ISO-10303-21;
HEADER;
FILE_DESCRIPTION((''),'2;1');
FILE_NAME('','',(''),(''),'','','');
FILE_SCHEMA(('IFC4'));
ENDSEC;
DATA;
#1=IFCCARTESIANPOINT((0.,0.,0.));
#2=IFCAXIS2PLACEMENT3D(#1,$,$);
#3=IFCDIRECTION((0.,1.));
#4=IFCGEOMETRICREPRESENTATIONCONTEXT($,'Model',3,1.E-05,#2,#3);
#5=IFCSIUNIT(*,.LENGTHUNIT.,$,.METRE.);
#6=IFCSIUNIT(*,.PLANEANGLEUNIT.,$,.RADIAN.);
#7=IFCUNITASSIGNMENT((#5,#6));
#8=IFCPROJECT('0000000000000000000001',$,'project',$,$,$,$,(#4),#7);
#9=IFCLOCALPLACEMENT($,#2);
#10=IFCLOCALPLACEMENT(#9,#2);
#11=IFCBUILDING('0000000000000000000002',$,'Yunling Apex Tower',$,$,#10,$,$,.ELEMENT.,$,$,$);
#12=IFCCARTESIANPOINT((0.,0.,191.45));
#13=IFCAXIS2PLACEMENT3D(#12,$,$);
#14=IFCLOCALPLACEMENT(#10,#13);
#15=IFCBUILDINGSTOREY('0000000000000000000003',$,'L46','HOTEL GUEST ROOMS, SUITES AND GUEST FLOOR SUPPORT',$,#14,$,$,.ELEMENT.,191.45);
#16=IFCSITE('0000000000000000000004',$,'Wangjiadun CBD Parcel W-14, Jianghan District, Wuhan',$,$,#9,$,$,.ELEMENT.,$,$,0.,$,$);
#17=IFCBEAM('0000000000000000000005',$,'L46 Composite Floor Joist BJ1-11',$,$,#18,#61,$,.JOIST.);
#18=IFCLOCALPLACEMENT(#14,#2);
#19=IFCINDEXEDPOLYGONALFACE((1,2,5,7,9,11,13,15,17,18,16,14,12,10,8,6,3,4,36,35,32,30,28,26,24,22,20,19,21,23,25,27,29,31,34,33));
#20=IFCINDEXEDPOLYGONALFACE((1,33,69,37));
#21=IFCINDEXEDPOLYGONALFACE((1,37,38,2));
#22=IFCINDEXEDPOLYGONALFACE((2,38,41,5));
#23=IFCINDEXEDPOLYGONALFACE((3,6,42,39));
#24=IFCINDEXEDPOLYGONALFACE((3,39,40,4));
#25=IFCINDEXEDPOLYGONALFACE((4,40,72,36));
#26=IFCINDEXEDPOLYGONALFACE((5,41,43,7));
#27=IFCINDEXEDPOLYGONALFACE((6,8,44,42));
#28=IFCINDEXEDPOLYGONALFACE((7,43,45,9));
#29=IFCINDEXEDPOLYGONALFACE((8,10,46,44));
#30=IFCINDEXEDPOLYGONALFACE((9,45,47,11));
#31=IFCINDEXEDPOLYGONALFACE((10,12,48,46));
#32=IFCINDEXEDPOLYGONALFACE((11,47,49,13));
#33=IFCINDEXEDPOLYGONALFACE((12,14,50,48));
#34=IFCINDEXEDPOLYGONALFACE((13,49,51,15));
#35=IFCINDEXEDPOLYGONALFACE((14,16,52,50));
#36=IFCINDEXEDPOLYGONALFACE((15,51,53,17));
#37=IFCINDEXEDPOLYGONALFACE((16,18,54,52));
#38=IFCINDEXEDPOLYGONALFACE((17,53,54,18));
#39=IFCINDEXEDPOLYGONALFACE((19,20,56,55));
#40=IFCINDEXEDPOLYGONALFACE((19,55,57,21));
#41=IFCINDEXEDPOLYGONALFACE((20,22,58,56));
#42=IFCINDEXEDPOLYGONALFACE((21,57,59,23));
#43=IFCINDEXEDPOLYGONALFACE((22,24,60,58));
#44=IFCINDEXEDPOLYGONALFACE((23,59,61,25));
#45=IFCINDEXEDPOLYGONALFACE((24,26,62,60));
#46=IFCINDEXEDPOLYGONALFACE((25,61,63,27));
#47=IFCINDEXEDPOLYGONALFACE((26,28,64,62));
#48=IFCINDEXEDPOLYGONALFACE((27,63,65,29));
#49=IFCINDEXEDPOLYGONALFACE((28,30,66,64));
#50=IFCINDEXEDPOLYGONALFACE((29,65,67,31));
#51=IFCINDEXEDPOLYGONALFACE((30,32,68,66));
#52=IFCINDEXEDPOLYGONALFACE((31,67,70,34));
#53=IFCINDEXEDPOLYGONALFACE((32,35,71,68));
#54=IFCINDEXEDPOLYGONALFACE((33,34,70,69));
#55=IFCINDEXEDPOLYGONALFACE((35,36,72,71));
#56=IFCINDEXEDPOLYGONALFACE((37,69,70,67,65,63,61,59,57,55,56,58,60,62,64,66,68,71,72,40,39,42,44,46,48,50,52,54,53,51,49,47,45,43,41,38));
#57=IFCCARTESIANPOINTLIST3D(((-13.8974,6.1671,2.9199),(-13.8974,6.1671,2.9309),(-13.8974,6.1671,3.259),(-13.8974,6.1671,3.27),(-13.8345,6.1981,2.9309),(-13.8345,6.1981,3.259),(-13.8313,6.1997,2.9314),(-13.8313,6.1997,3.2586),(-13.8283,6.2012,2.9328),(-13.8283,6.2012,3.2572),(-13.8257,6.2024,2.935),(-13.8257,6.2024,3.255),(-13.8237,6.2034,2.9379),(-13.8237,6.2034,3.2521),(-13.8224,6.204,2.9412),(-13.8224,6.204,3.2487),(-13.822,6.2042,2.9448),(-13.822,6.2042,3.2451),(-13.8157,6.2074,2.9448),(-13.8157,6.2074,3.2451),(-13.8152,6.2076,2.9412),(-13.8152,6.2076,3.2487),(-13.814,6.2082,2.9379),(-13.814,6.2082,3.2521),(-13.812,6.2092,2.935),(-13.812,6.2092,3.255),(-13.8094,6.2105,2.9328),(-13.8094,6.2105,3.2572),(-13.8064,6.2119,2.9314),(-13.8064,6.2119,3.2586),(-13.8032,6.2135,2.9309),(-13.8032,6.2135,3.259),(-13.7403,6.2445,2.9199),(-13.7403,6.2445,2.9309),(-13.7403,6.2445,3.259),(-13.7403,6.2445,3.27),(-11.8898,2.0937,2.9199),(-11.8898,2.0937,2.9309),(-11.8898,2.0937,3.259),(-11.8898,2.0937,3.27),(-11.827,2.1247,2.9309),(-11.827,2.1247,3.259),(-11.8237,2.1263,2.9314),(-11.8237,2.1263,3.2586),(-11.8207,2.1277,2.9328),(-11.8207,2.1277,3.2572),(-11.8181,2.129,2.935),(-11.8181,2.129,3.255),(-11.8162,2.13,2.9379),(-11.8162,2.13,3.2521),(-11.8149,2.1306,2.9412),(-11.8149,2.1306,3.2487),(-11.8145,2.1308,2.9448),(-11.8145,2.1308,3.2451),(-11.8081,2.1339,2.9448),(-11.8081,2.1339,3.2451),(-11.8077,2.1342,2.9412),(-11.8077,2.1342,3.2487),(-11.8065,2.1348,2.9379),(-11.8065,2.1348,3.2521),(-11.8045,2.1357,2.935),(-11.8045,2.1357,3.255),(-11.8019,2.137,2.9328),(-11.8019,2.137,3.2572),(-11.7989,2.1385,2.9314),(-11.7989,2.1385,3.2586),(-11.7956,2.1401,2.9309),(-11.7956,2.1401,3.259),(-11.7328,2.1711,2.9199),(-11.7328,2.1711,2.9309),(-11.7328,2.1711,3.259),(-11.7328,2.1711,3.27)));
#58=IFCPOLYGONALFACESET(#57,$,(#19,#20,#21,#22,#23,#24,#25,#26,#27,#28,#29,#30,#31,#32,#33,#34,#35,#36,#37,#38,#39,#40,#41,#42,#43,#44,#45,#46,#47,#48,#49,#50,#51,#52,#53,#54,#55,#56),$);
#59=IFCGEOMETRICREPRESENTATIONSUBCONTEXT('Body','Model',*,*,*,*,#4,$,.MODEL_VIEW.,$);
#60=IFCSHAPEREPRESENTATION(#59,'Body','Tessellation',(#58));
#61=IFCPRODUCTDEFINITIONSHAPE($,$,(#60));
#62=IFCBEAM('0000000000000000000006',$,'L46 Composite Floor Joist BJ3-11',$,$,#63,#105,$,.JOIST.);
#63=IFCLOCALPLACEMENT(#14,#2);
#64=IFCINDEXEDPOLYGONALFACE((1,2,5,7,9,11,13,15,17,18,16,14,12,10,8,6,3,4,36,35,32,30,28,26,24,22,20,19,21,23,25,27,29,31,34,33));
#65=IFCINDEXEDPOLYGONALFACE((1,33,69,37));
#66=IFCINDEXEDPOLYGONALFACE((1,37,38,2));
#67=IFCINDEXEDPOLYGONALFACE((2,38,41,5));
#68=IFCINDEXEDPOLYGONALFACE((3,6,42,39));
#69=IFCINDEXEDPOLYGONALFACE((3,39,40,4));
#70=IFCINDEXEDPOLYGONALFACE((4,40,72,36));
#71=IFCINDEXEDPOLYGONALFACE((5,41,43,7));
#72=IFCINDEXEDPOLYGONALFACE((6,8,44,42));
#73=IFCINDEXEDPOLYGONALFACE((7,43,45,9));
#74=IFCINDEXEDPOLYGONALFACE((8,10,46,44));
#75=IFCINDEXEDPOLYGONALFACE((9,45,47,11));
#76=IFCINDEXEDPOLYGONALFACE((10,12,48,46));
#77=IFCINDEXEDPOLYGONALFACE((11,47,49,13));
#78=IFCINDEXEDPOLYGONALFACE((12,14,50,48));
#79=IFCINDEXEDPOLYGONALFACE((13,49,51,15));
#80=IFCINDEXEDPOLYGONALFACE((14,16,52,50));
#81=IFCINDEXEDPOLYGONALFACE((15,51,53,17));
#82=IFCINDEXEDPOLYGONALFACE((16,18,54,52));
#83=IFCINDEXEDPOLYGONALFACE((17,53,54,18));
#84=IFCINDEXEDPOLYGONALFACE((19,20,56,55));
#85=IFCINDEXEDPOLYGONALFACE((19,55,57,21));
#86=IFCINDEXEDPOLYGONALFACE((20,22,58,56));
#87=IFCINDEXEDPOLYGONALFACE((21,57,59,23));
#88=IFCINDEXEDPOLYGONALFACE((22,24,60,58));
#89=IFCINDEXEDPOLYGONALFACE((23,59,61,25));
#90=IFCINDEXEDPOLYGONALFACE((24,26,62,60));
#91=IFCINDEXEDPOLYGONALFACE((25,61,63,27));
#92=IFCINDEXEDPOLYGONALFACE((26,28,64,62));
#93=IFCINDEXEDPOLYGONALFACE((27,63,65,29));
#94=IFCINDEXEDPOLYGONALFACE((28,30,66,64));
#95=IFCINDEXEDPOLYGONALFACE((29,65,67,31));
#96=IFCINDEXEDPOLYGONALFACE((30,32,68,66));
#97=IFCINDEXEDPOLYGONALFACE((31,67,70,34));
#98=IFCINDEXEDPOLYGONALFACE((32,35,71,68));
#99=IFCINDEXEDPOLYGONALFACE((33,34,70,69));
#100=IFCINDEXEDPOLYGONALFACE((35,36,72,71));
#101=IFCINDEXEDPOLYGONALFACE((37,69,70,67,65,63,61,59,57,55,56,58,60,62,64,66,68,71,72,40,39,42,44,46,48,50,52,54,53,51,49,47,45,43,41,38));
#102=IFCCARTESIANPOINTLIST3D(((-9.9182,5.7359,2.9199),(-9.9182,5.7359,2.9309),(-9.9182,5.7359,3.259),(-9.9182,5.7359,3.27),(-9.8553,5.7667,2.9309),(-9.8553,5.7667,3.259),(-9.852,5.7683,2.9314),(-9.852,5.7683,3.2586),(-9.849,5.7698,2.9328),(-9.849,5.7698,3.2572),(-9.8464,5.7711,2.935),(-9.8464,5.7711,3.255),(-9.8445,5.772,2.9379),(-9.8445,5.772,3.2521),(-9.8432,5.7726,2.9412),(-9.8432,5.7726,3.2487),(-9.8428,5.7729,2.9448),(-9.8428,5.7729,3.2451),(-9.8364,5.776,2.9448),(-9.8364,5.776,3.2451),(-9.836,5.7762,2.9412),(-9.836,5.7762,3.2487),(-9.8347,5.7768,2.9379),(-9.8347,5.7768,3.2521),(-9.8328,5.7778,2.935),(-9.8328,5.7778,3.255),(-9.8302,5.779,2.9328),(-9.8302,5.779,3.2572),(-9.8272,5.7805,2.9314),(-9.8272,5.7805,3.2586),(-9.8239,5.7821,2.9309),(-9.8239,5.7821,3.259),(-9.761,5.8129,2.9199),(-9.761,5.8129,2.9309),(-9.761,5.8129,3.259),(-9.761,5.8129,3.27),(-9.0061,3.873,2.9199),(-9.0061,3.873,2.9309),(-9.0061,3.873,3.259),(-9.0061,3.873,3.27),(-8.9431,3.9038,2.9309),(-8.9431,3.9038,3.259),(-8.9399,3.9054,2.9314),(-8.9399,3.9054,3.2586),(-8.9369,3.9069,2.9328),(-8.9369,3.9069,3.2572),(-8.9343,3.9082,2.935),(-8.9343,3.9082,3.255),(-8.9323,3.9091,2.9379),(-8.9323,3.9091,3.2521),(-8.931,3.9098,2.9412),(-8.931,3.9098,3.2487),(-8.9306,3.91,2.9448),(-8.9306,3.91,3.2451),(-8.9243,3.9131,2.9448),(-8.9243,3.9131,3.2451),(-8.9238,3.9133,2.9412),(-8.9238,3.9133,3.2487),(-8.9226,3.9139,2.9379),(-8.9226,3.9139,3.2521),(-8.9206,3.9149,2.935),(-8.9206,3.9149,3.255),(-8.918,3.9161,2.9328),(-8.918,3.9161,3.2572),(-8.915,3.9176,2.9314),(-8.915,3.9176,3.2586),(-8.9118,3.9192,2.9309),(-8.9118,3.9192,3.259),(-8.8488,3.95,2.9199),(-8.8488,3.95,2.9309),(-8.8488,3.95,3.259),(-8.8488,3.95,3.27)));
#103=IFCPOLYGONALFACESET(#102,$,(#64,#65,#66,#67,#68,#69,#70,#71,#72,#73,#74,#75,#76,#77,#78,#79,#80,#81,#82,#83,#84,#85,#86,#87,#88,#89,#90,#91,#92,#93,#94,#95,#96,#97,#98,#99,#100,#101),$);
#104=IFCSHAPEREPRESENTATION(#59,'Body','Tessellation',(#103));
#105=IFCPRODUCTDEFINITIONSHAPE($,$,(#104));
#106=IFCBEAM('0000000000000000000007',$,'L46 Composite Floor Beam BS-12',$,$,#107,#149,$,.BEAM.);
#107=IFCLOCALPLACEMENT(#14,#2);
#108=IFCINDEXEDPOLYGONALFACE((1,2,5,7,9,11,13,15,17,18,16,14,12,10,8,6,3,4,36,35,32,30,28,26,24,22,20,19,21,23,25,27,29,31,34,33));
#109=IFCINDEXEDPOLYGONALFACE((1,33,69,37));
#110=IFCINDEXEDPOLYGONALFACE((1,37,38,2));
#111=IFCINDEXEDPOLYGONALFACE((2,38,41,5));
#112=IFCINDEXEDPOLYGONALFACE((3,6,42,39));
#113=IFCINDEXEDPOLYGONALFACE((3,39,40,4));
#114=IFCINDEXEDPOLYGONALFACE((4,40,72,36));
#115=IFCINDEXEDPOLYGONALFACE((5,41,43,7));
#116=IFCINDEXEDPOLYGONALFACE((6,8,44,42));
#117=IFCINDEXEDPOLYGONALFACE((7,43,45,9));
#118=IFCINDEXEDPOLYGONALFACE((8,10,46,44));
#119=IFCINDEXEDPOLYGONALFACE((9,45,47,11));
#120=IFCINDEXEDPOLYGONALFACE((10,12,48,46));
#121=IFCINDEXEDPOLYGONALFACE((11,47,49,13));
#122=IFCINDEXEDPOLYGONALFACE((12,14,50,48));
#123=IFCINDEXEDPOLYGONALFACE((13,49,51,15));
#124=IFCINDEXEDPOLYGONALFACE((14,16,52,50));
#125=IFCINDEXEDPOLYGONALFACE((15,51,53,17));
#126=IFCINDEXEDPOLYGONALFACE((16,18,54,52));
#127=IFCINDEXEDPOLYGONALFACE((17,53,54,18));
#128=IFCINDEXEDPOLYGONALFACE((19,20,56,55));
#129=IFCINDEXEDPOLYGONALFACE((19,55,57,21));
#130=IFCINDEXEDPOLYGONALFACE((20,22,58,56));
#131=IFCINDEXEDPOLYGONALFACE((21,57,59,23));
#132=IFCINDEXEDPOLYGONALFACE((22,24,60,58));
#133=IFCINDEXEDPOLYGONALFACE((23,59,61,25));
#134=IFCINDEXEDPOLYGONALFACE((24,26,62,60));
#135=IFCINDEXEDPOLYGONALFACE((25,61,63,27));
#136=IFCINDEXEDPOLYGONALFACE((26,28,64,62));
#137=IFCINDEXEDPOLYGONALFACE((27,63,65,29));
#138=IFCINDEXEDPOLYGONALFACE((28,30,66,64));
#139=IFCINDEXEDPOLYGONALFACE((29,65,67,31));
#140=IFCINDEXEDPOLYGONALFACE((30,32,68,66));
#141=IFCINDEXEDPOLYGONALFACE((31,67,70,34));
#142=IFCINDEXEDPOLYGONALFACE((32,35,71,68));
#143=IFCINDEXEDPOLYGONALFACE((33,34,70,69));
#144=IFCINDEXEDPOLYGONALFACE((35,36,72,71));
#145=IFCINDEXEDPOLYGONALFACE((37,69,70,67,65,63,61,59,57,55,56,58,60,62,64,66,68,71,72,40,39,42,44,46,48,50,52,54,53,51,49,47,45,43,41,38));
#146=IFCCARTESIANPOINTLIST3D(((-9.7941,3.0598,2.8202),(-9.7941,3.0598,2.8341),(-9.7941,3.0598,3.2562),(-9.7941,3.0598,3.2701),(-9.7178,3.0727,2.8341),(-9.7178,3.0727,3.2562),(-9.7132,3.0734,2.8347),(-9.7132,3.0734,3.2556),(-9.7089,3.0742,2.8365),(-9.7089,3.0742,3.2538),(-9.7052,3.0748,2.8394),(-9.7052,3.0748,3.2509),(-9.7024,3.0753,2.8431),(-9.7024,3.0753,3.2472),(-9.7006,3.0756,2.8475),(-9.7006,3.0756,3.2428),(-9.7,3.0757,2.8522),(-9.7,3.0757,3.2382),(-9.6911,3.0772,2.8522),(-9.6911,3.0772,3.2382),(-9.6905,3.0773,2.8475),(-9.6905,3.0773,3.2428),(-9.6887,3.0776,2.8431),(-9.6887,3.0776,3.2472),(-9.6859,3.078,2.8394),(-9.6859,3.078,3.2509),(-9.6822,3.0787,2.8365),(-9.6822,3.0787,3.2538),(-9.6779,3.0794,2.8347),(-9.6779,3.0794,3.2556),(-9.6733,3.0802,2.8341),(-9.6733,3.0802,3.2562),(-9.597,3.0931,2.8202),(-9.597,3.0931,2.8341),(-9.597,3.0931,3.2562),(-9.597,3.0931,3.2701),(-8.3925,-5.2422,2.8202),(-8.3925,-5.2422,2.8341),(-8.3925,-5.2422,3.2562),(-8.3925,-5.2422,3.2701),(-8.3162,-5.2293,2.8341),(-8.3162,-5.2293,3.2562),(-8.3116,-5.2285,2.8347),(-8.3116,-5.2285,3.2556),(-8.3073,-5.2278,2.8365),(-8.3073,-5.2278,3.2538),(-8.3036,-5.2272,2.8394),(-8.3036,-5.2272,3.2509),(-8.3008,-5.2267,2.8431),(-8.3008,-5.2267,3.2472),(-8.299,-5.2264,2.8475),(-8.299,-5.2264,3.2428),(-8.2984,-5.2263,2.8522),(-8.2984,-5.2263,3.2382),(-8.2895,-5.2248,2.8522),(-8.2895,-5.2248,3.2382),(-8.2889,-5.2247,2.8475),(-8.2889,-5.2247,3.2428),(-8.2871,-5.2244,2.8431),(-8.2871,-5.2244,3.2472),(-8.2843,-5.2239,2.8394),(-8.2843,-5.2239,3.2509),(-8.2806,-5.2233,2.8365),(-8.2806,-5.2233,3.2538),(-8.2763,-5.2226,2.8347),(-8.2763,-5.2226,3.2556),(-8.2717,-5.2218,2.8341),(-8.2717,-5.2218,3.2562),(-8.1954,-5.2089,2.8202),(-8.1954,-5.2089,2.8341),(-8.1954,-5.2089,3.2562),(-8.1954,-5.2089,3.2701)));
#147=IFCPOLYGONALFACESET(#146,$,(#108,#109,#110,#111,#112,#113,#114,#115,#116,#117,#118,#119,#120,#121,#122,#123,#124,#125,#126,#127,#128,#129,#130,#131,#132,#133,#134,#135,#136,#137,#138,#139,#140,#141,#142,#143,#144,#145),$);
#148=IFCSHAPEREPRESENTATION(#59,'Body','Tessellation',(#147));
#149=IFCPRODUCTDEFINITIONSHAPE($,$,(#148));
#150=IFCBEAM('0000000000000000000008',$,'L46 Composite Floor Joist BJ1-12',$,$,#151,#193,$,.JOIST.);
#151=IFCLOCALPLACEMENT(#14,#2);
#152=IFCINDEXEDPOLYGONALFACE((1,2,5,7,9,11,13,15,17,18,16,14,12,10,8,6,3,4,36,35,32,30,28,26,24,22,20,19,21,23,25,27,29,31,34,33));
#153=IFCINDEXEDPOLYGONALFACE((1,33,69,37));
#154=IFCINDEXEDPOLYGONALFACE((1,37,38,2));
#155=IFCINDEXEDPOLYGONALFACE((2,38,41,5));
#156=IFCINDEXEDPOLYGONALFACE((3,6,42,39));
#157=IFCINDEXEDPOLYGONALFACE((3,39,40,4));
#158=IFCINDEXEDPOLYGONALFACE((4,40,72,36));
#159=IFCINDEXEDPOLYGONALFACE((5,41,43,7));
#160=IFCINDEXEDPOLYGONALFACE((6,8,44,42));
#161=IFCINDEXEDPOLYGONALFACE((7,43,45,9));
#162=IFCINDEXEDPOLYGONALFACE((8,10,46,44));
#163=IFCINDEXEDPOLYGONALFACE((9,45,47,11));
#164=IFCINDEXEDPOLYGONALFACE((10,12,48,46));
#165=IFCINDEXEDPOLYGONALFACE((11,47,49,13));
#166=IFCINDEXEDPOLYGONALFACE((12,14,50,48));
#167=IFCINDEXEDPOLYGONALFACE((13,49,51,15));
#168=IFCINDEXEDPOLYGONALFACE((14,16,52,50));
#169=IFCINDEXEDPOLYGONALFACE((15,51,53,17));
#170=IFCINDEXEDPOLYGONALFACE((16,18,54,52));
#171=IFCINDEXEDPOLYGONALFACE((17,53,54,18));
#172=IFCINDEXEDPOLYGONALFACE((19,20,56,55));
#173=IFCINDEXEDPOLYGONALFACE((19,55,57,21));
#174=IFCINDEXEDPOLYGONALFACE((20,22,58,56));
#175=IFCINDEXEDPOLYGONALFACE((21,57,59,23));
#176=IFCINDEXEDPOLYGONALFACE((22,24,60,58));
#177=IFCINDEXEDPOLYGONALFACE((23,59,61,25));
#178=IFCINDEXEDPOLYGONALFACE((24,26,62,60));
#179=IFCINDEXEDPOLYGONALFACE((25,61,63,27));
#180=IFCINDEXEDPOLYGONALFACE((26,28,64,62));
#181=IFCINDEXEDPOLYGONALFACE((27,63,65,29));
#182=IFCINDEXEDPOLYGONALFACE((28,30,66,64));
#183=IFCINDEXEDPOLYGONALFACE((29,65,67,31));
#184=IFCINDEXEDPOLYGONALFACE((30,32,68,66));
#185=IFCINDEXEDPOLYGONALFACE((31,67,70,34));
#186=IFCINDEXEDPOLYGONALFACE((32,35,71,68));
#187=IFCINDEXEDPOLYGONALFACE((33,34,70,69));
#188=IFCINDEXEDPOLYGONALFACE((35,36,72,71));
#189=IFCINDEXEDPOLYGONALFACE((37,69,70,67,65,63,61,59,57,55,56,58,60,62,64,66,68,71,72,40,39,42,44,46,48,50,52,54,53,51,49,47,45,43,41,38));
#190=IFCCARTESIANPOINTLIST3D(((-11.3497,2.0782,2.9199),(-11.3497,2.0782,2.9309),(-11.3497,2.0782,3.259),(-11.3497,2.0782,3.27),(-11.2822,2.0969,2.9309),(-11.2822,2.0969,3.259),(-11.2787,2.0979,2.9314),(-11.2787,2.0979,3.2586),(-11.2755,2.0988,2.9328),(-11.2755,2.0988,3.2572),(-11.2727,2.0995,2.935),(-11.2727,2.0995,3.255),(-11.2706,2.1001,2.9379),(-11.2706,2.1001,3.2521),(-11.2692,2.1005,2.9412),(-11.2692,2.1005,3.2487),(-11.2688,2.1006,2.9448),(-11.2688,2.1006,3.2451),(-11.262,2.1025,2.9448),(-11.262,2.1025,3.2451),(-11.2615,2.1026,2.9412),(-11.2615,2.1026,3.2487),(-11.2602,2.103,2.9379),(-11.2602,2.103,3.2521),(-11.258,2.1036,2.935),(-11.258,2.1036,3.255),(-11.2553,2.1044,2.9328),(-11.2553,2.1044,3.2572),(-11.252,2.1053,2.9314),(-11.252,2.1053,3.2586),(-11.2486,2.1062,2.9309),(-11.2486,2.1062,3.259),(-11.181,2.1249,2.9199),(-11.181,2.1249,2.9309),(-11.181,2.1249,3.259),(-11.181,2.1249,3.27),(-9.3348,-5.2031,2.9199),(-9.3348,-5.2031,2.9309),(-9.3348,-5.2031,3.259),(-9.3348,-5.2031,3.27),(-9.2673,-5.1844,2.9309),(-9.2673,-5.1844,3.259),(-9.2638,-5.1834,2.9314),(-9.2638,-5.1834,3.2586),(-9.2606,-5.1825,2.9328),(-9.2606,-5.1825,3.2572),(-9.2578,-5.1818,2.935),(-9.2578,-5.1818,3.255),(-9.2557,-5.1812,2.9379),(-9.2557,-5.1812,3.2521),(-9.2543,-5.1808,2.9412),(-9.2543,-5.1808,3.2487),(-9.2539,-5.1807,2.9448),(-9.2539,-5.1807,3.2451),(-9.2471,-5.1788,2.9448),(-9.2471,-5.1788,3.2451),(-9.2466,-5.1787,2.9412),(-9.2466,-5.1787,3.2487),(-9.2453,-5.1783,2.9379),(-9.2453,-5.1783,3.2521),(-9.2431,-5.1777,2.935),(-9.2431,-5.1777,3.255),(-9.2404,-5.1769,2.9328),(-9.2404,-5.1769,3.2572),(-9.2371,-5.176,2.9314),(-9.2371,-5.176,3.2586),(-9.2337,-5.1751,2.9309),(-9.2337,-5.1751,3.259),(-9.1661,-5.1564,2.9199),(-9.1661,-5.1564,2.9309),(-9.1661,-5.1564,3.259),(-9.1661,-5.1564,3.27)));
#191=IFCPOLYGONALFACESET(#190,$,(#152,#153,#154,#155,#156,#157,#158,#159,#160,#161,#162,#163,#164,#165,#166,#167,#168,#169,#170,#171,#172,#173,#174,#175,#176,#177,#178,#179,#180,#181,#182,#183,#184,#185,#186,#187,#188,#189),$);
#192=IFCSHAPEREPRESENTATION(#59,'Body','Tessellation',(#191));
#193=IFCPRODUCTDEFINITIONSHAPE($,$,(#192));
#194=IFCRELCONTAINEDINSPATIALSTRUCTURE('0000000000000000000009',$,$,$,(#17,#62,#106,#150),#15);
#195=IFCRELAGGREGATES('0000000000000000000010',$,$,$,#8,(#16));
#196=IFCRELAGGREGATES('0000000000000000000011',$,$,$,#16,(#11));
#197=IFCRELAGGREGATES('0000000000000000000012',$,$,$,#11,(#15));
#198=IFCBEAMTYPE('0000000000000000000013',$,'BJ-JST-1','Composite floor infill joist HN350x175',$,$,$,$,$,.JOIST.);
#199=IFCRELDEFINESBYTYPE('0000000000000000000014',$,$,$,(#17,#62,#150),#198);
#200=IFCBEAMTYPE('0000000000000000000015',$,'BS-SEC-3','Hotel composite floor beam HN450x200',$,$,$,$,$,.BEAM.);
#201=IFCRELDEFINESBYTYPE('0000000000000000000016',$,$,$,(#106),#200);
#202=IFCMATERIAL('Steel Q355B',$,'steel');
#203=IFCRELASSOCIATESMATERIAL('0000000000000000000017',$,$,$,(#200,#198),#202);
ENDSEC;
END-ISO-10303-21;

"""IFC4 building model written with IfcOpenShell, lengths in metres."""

from ifc_helpers import new_model, si_unit, direction, frame, origin, origin_2d, place, context, subcontext, project, spatial, i_section, extrude, source, transform, mapped, material, material_profile, profile_set, type_object, element, save


model = new_model("IFC4")

# Units and contexts
model_context = context("Model", 3, precision=1e-05, world=origin(), true_north=direction((0.0, 1.0)))
body_context = subcontext(model_context, "Body", "Model", "MODEL_VIEW")
ifc_project = project(units=[si_unit("LENGTHUNIT", "METRE"), si_unit("PLANEANGLEUNIT", "RADIAN")], contexts=[model_context])

# Site, building, storey
site_placement = place(None, origin())
site = spatial("IfcSite", under=ifc_project, at=site_placement, Name="Wangjiadun CBD Parcel W-14, Jianghan District, Wuhan", CompositionType="ELEMENT", RefElevation=0.0)
building_placement = place(site_placement, origin())
building = spatial("IfcBuilding", under=site, at=building_placement, Name="Yunling Apex Tower", CompositionType="ELEMENT")
storey_placement = place(building_placement, frame((0.0, 0.0, 191.45)))
storey = spatial("IfcBuildingStorey", under=building, at=storey_placement, Name="L46", Description="HOTEL GUEST ROOMS, SUITES AND GUEST FLOOR SUPPORT", CompositionType="ELEMENT", Elevation=191.45)

# Beams
ifc_material_1 = material(Name="Steel Q355B", Category="steel")
ifc_material_profile_1 = material_profile(ifc_material_1, i_section(OverallWidth=0.2, OverallDepth=0.45, WebThickness=0.009, FlangeThickness=0.0139, FilletRadius=0.0181, at=origin_2d()))
ifc_profile_set_1 = profile_set([ifc_material_profile_1], Name="Steel Q355B")
beam_type_1 = type_object("IfcBeamType", Name="BS-SEC-3", Description="Hotel composite floor beam HN450x200", PredefinedType="BEAM", material=ifc_profile_set_1)
ifc_material_profile_2 = material_profile(ifc_material_1, i_section(OverallWidth=0.175, OverallDepth=0.3501, WebThickness=0.0071, FlangeThickness=0.011, FilletRadius=0.0139, at=origin_2d()))
ifc_profile_set_2 = profile_set([ifc_material_profile_2], Name="Steel Q355B")
beam_type_2 = type_object("IfcBeamType", Name="BJ-JST-1", Description="Composite floor infill joist HN350x175", PredefinedType="JOIST", material=ifc_profile_set_2)
shared_shape_1 = source(origin(), body_context, "Body", "SweptSolid", [
    extrude(i_section(OverallWidth=0.175, OverallDepth=0.3501, WebThickness=0.0071, FlangeThickness=0.011, FilletRadius=0.0139, at=origin_2d()), origin(), (0.0, 0.0, 1.0), 4.5413),
])
beam_1_placement = place(storey_placement, frame((-13.8188, 6.2058, 3.095), z_axis=(0.442067, -0.896982, 0.0), x_axis=(0.896982, 0.442067, 0.0)))
element("IfcBeam", 1, at=beam_1_placement, inside=storey, type_object=beam_type_2, Name="L46 Composite Floor Joist BJ1-11", PredefinedType="JOIST", context=body_context, shape_type="MappedRepresentation", body=[
    mapped(shared_shape_1, transform((0.0, 0.0, 0.0), scale=1.0)),
])
shared_shape_2 = source(origin(), body_context, "Body", "SweptSolid", [
    extrude(i_section(OverallWidth=0.175, OverallDepth=0.3501, WebThickness=0.0071, FlangeThickness=0.011, FilletRadius=0.0139, at=origin_2d()), origin(), (0.0, 0.0, 1.0), 2.0742),
])
beam_2_placement = place(storey_placement, frame((-9.8396, 5.7744, 3.095), z_axis=(0.439759, -0.898116, 0.0), x_axis=(0.898116, 0.439759, 0.0)))
element("IfcBeam", 2, at=beam_2_placement, inside=storey, type_object=beam_type_2, Name="L46 Composite Floor Joist BJ3-11", PredefinedType="JOIST", context=body_context, shape_type="MappedRepresentation", body=[
    mapped(shared_shape_2, transform((0.0, 0.0, 0.0), scale=1.0)),
])
shared_shape_3 = source(origin(), body_context, "Body", "SweptSolid", [
    extrude(i_section(OverallWidth=0.2, OverallDepth=0.45, WebThickness=0.009, FlangeThickness=0.0139, FilletRadius=0.0181, at=origin_2d()), origin(), (0.0, 0.0, 1.0), 8.4194),
])
beam_3_placement = place(storey_placement, frame((-9.6956, 3.0764, 3.0452), z_axis=(0.166472, -0.986046, 0.0), x_axis=(0.986046, 0.166472, 0.0)))
element("IfcBeam", 3, at=beam_3_placement, inside=storey, type_object=beam_type_1, Name="L46 Composite Floor Beam BS-12", PredefinedType="BEAM", context=body_context, shape_type="MappedRepresentation", body=[
    mapped(shared_shape_3, transform((0.0, 0.0, 0.0), scale=1.0)),
])
shared_shape_4 = source(origin(), body_context, "Body", "SweptSolid", [
    extrude(i_section(OverallWidth=0.175, OverallDepth=0.3501, WebThickness=0.0071, FlangeThickness=0.011, FilletRadius=0.0139, at=origin_2d()), origin(), (0.0, 0.0, 1.0), 7.5549),
])
beam_4_placement = place(storey_placement, frame((-11.2654, 2.1016, 3.095), z_axis=(0.2667, -0.963779, 0.0), x_axis=(0.963779, 0.2667, 0.0)))
element("IfcBeam", 4, at=beam_4_placement, inside=storey, type_object=beam_type_2, Name="L46 Composite Floor Joist BJ1-12", PredefinedType="JOIST", context=body_context, shape_type="MappedRepresentation", body=[
    mapped(shared_shape_4, transform((0.0, 0.0, 0.0), scale=1.0)),
])

save(model, "model.ifc")
